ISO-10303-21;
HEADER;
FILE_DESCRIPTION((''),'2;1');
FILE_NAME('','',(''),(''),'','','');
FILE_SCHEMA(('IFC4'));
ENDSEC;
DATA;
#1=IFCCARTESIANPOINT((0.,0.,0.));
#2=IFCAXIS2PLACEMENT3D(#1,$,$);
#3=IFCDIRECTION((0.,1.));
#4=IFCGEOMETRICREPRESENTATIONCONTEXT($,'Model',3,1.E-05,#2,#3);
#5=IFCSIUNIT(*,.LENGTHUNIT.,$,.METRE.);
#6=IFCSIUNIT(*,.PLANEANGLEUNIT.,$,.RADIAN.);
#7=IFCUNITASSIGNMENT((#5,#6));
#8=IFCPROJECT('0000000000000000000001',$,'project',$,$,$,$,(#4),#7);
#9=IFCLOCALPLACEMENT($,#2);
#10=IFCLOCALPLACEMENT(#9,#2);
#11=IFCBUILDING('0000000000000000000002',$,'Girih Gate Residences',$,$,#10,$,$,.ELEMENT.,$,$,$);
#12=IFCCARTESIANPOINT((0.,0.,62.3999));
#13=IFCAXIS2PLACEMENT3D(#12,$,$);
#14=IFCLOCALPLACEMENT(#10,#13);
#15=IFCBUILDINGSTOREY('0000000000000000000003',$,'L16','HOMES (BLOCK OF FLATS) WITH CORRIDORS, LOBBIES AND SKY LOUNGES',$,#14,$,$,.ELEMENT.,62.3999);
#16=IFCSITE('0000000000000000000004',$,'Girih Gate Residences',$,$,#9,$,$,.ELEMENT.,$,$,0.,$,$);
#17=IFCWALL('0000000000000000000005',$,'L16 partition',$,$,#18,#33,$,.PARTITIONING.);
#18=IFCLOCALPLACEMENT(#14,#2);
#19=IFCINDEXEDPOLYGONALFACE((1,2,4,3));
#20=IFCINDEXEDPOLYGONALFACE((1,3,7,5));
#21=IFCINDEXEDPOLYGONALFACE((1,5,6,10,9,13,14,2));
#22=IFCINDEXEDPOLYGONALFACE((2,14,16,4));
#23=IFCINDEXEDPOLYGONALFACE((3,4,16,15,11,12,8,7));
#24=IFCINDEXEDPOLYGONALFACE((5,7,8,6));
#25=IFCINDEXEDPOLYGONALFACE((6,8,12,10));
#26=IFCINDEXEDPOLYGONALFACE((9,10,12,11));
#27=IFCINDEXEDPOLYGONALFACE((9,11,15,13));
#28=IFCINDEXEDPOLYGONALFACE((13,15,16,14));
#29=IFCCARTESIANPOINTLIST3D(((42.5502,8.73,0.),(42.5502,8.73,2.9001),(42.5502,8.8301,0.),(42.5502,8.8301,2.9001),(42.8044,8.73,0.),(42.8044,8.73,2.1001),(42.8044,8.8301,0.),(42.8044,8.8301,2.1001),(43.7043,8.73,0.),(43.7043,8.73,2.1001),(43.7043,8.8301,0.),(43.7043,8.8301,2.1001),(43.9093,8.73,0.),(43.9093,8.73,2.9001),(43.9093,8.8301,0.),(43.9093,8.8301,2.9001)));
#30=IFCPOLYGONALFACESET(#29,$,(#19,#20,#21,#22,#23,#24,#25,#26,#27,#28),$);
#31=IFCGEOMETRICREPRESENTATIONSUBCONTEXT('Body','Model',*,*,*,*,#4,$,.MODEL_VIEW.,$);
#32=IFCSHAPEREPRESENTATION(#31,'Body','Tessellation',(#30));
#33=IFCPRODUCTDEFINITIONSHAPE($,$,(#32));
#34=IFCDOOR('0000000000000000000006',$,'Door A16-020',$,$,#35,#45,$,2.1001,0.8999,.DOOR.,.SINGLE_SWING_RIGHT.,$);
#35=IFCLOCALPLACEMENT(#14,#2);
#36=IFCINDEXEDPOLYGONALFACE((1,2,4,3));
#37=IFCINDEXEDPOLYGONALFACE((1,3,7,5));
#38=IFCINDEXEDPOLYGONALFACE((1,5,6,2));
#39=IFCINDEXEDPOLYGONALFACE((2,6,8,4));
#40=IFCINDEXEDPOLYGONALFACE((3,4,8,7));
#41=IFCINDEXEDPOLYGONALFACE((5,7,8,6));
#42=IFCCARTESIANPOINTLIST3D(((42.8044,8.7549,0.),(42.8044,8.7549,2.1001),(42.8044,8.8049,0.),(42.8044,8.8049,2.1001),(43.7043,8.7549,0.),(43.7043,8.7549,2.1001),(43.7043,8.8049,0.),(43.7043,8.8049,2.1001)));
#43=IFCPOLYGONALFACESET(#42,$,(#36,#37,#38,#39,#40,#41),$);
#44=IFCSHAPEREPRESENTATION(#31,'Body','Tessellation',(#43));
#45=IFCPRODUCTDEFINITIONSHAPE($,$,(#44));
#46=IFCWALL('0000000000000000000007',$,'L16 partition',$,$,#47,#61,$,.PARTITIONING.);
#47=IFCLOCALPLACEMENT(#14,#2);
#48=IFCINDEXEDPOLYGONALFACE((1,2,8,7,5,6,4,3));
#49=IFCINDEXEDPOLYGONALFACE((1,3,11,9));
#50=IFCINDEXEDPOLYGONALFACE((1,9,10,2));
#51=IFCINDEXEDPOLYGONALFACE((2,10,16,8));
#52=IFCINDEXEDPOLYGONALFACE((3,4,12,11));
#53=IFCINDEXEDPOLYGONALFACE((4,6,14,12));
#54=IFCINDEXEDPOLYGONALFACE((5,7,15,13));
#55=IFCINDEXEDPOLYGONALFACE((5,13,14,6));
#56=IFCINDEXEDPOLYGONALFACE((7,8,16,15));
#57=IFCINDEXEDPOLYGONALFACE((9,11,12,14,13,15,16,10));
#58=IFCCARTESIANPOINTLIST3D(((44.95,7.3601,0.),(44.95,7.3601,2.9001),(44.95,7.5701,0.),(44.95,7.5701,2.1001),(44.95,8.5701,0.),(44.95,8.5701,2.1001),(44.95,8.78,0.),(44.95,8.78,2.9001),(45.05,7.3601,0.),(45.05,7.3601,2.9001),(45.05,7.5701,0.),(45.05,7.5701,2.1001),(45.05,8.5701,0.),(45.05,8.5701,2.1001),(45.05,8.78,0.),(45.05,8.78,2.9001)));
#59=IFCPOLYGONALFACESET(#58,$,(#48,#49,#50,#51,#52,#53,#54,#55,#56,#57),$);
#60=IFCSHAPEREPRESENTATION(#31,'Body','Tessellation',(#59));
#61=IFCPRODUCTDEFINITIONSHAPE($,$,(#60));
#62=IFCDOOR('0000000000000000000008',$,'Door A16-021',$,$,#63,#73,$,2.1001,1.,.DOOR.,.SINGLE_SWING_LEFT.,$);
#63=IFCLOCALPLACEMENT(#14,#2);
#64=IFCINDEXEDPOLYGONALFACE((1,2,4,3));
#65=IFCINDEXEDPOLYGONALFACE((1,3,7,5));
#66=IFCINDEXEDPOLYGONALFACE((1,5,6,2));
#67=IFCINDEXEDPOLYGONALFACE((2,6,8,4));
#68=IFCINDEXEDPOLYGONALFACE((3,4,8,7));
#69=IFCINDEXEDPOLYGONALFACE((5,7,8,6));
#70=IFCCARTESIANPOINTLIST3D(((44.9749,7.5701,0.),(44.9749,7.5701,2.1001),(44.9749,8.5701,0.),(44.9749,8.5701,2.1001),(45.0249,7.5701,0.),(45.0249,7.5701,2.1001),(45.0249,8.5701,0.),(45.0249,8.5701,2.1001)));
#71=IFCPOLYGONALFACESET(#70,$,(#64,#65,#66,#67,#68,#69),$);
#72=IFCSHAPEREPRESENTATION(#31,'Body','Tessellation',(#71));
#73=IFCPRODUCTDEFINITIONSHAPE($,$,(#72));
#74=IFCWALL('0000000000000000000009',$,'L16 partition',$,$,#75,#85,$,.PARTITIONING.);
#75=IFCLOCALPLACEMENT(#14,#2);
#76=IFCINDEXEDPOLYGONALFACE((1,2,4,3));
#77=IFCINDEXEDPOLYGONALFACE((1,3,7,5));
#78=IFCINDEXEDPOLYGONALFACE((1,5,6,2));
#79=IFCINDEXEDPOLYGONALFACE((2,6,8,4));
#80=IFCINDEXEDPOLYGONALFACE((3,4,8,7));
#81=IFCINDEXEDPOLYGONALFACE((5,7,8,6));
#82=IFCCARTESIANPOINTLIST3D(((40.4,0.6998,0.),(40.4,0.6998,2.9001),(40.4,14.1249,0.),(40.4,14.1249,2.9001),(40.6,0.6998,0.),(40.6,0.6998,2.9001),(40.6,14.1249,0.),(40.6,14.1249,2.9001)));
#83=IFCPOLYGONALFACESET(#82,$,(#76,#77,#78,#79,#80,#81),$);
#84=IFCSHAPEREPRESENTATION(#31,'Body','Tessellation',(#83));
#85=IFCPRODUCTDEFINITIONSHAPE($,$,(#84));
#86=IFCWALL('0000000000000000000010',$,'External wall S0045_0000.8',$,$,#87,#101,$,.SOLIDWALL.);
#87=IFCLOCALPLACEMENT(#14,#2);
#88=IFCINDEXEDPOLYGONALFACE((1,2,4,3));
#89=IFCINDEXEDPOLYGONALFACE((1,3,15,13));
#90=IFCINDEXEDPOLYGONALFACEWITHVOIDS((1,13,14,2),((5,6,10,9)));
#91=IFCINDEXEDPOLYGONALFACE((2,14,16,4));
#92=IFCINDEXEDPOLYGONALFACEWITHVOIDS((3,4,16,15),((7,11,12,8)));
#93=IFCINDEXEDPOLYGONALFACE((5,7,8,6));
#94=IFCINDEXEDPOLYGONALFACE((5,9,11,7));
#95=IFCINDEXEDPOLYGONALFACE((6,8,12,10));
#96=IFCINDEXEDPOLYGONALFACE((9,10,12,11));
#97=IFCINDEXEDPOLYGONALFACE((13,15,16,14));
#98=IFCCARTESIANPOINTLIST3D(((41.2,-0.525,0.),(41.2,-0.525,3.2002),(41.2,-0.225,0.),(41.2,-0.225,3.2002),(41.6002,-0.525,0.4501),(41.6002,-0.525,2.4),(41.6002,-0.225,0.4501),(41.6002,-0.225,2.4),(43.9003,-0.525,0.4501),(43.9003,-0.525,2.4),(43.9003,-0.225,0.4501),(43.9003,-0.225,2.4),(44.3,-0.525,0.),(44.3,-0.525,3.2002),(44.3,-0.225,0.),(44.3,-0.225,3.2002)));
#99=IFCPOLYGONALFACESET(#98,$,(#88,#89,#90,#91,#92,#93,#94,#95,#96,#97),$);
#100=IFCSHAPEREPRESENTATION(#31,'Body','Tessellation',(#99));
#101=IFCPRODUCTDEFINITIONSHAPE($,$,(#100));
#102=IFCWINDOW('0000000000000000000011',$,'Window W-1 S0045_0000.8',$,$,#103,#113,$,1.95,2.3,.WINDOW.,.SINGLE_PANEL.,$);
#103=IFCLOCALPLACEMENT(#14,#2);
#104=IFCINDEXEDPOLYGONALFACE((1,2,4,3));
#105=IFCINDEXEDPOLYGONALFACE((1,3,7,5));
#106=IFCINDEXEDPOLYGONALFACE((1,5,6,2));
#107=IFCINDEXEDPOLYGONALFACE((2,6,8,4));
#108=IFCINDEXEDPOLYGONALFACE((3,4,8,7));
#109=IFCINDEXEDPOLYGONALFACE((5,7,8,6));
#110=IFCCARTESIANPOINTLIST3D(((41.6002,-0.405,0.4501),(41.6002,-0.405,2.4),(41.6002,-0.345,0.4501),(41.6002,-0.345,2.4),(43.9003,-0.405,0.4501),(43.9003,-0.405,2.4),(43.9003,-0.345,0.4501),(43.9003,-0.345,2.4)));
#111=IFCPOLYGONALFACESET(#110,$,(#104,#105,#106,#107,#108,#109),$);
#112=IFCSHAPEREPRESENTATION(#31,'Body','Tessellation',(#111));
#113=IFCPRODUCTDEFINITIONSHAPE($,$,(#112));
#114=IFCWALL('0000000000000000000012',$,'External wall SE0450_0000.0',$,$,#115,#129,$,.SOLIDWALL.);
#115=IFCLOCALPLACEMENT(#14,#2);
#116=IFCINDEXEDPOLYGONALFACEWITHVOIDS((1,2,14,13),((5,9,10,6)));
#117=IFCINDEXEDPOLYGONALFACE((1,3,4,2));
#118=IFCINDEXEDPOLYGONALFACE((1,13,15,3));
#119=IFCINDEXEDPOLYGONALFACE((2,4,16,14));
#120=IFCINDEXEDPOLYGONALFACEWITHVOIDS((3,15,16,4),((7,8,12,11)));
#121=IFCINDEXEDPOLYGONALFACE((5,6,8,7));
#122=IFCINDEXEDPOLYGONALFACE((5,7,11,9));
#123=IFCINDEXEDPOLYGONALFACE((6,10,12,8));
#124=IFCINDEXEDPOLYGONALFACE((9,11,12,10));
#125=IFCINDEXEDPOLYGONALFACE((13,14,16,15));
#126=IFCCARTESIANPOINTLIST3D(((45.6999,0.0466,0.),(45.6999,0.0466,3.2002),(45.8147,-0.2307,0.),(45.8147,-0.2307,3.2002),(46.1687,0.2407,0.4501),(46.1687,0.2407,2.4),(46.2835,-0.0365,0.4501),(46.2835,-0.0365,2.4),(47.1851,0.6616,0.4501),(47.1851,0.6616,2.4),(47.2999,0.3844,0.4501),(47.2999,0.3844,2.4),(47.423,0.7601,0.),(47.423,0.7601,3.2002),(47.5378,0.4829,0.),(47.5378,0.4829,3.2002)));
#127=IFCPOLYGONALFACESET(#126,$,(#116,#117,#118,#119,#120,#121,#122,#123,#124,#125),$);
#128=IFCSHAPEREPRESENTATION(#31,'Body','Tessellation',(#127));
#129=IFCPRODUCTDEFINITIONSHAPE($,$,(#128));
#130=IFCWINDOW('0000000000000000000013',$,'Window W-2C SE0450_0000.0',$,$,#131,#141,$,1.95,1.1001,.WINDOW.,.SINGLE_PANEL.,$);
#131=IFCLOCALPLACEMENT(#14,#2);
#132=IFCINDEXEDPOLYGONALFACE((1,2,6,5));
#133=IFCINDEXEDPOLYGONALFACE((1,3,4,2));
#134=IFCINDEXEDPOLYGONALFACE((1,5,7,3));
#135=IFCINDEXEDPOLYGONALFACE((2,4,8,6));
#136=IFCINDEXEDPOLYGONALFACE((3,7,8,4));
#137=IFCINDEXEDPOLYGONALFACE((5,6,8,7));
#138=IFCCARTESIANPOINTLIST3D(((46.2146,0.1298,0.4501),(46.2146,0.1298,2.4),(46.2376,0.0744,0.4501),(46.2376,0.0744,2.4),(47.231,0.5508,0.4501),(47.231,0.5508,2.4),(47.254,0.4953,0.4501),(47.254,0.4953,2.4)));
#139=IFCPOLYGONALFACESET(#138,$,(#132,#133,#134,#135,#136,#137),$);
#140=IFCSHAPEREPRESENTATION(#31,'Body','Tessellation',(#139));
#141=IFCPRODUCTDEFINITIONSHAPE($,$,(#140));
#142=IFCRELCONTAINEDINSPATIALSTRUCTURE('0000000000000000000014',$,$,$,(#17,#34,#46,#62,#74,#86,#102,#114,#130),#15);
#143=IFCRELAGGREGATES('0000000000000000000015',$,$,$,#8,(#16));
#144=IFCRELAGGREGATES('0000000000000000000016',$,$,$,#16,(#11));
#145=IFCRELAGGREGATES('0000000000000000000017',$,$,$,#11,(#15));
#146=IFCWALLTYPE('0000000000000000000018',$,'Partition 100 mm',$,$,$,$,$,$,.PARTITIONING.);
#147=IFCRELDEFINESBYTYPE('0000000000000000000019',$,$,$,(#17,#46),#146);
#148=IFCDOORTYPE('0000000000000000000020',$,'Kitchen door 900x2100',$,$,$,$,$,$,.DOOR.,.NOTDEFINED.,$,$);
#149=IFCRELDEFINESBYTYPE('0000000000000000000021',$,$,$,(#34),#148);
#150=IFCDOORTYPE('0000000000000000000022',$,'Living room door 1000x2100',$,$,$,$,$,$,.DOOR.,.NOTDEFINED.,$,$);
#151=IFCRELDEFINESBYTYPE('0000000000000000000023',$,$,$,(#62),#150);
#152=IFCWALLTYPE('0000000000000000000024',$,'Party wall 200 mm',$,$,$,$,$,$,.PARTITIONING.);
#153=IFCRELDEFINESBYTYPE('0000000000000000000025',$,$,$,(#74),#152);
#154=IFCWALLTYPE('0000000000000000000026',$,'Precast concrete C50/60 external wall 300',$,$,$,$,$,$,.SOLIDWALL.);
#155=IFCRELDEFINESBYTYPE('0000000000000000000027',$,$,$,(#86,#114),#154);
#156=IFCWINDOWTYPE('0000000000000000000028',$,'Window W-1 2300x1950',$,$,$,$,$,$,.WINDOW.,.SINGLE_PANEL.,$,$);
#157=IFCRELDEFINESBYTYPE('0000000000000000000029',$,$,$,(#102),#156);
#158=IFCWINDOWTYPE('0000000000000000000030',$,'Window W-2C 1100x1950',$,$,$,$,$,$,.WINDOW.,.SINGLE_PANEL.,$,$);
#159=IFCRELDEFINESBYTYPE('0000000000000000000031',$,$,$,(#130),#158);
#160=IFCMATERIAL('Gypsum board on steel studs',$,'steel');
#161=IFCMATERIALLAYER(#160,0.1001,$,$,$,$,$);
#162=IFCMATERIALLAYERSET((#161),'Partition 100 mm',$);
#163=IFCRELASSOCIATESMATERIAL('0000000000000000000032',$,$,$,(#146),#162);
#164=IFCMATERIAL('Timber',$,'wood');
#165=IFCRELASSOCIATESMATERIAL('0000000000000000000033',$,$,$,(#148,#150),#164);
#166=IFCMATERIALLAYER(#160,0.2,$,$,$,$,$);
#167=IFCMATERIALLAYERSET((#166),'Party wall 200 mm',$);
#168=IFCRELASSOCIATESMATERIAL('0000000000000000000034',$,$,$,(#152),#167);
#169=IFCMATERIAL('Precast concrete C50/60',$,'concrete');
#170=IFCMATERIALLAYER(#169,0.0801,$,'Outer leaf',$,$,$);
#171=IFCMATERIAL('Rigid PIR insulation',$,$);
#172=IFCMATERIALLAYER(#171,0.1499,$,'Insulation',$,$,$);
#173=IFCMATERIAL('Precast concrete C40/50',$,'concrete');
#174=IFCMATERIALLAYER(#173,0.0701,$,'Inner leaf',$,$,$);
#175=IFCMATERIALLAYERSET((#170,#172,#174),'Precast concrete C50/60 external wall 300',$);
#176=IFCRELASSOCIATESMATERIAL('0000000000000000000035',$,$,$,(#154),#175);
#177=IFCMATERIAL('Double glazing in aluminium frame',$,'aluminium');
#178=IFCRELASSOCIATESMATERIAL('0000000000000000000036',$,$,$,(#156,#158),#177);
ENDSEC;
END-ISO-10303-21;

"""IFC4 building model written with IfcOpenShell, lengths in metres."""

from ifc_helpers import new_model, si_unit, direction, frame, frame_2d, origin, place, context, subcontext, project, spatial, rectangle, extrude, material, layer, layer_set, type_object, element, fill, save


model = new_model("IFC4")

# Units and contexts
model_context = context("Model", 3, precision=1e-05, world=origin(), true_north=direction((0.0, 1.0)))
body_context = subcontext(model_context, "Body", "Model", "MODEL_VIEW")
ifc_project = project(units=[si_unit("LENGTHUNIT", "METRE"), si_unit("PLANEANGLEUNIT", "RADIAN")], contexts=[model_context])

# Site, building, storey
site_placement = place(None, origin())
site = spatial("IfcSite", under=ifc_project, at=site_placement, Name="Girih Gate Residences", CompositionType="ELEMENT", RefElevation=0.0)
building_placement = place(site_placement, origin())
building = spatial("IfcBuilding", under=site, at=building_placement, Name="Girih Gate Residences", CompositionType="ELEMENT")
storey_placement = place(building_placement, frame((0.0, 0.0, 62.3999)))
storey = spatial("IfcBuildingStorey", under=building, at=storey_placement, Name="L16", Description="HOMES (BLOCK OF FLATS) WITH CORRIDORS, LOBBIES AND SKY LOUNGES", CompositionType="ELEMENT", Elevation=62.3999)

# Shared definitions
ifc_material_1 = material(Name="Gypsum board on steel studs", Category="steel")
ifc_layer_1 = layer(ifc_material_1, 0.1001)
ifc_layer_set_1 = layer_set([ifc_layer_1], Name="Partition 100 mm")
wall_type_1 = type_object("IfcWallType", Name="Partition 100 mm", PredefinedType="PARTITIONING", material=ifc_layer_set_1)
ifc_material_2 = material(Name="Timber", Category="wood")

# Walls, openings, doors
wall_1_placement = place(storey_placement, frame((42.55, 8.78, 0.0), z_axis=(0.0, 0.0, 1.0), x_axis=(1.0, 0.0, 0.0)))
wall_1 = element("IfcWall", 1, at=wall_1_placement, inside=storey, type_object=wall_type_1, Name="L16 partition", PredefinedType="PARTITIONING", context=body_context, shape_type="SweptSolid", body=[
    extrude(rectangle(XDim=1.3591, YDim=0.1001, at=frame_2d((0.6797, 0.0))), origin(), (0.0, 0.0, 1.0), 2.9001),
])
opening_1_placement = place(wall_1_placement, frame((0.2544, 0.0, 0.0)))
opening_1 = element("IfcOpeningElement", 2, at=opening_1_placement, cuts=wall_1, PredefinedType="OPENING", context=body_context, shape_type="SweptSolid", body=[
    extrude(rectangle(XDim=0.8999, YDim=2.1001, at=frame_2d((0.45, 1.05))), frame((0.0, 0.0601, 0.0), z_axis=(0.0, -1.0, 0.0), x_axis=(1.0, 0.0, 0.0)), (0.0, 0.0, 1.0), 0.1201),
])
door_type_1 = type_object("IfcDoorType", Name="Kitchen door 900x2100", OperationType="NOTDEFINED", PredefinedType="DOOR", material=ifc_material_2)
door_1_placement = place(opening_1_placement, origin())
door_1 = element("IfcDoor", 3, at=door_1_placement, inside=storey, type_object=door_type_1, Name="Door A16-020", OperationType="SINGLE_SWING_RIGHT", OverallHeight=2.1001, OverallWidth=0.8999, PredefinedType="DOOR", context=body_context, shape_type="SweptSolid", body=[
    extrude(rectangle(XDim=0.8999, YDim=2.1001, at=frame_2d((0.45, 1.05))), frame((0.0, 0.0249, 0.0), z_axis=(0.0, -1.0, 0.0), x_axis=(1.0, 0.0, 0.0)), (0.0, 0.0, 1.0), 0.05),
])
fill(opening_1, door_1)
wall_2_placement = place(storey_placement, frame((45.0, 8.78, 0.0), z_axis=(0.0, 0.0, 1.0), x_axis=(0.0, -1.0, 0.0)))
wall_2 = element("IfcWall", 4, at=wall_2_placement, inside=storey, type_object=wall_type_1, Name="L16 partition", PredefinedType="PARTITIONING", context=body_context, shape_type="SweptSolid", body=[
    extrude(rectangle(XDim=1.4199, YDim=0.1001, at=frame_2d((0.71, 0.0))), origin(), (0.0, 0.0, 1.0), 2.9001),
])
opening_2_placement = place(wall_2_placement, frame((0.21, 0.0, 0.0)))
opening_2 = element("IfcOpeningElement", 5, at=opening_2_placement, cuts=wall_2, PredefinedType="OPENING", context=body_context, shape_type="SweptSolid", body=[
    extrude(rectangle(XDim=1.0, YDim=2.1001, at=frame_2d((0.5, 1.05))), frame((0.0, 0.0601, 0.0), z_axis=(0.0, -1.0, 0.0), x_axis=(1.0, 0.0, 0.0)), (0.0, 0.0, 1.0), 0.1201),
])
door_type_2 = type_object("IfcDoorType", Name="Living room door 1000x2100", OperationType="NOTDEFINED", PredefinedType="DOOR", material=ifc_material_2)
door_2_placement = place(opening_2_placement, origin())
door_2 = element("IfcDoor", 6, at=door_2_placement, inside=storey, type_object=door_type_2, Name="Door A16-021", OperationType="SINGLE_SWING_LEFT", OverallHeight=2.1001, OverallWidth=1.0, PredefinedType="DOOR", context=body_context, shape_type="SweptSolid", body=[
    extrude(rectangle(XDim=1.0, YDim=2.1001, at=frame_2d((0.5, 1.05))), frame((0.0, 0.0249, 0.0), z_axis=(0.0, -1.0, 0.0), x_axis=(1.0, 0.0, 0.0)), (0.0, 0.0, 1.0), 0.05),
])
fill(opening_2, door_2)

# Wall
ifc_layer_2 = layer(ifc_material_1, 0.2)
ifc_layer_set_2 = layer_set([ifc_layer_2], Name="Party wall 200 mm")
wall_type_2 = type_object("IfcWallType", Name="Party wall 200 mm", PredefinedType="PARTITIONING", material=ifc_layer_set_2)
wall_3_placement = place(storey_placement, frame((40.5, 0.7, 0.0), z_axis=(0.0, 0.0, 1.0), x_axis=(0.0, 1.0, 0.0)))
element("IfcWall", 7, at=wall_3_placement, inside=storey, type_object=wall_type_2, Name="L16 partition", PredefinedType="PARTITIONING", context=body_context, shape_type="SweptSolid", body=[
    extrude(rectangle(XDim=13.425, YDim=0.2, at=frame_2d((6.7124, 0.0))), origin(), (0.0, 0.0, 1.0), 2.9001),
])

# Walls, openings, windows
ifc_material_3 = material(Name="Precast concrete C50/60", Category="concrete")
ifc_layer_3 = layer(ifc_material_3, 0.0801, Name="Outer leaf")
ifc_material_4 = material(Name="Rigid PIR insulation")
ifc_layer_4 = layer(ifc_material_4, 0.1499, Name="Insulation")
ifc_material_5 = material(Name="Precast concrete C40/50", Category="concrete")
ifc_layer_5 = layer(ifc_material_5, 0.0701, Name="Inner leaf")
ifc_layer_set_3 = layer_set([ifc_layer_3, ifc_layer_4, ifc_layer_5], Name="Precast concrete C50/60 external wall 300")
wall_type_3 = type_object("IfcWallType", Name="Precast concrete C50/60 external wall 300", PredefinedType="SOLIDWALL", material=ifc_layer_set_3)
wall_4_placement = place(storey_placement, frame((44.3, -0.375, 0.0), z_axis=(0.0, 0.0, 1.0), x_axis=(-1.0, 0.0, 0.0)))
wall_4 = element("IfcWall", 8, at=wall_4_placement, inside=storey, type_object=wall_type_3, Name="External wall S0045_0000.8", PredefinedType="SOLIDWALL", context=body_context, shape_type="SweptSolid", body=[
    extrude(rectangle(XDim=3.1001, YDim=0.3, at=frame_2d((1.55, 0.0))), origin(), (0.0, 0.0, 1.0), 3.2002),
])
opening_3_placement = place(wall_4_placement, frame((0.3999, 0.0, 0.45)))
opening_3 = element("IfcOpeningElement", 9, at=opening_3_placement, cuts=wall_4, PredefinedType="OPENING", context=body_context, shape_type="SweptSolid", body=[
    extrude(rectangle(XDim=2.3, YDim=1.95, at=frame_2d((1.1499, 0.9751))), frame((0.0, 0.1599, 0.0), z_axis=(0.0, -1.0, 0.0), x_axis=(1.0, 0.0, 0.0)), (0.0, 0.0, 1.0), 0.3201),
])
ifc_material_6 = material(Name="Double glazing in aluminium frame", Category="aluminium")
window_type_1 = type_object("IfcWindowType", Name="Window W-1 2300x1950", PartitioningType="SINGLE_PANEL", PredefinedType="WINDOW", material=ifc_material_6)
window_1_placement = place(opening_3_placement, origin())
window_1 = element("IfcWindow", 10, at=window_1_placement, inside=storey, type_object=window_type_1, Name="Window W-1 S0045_0000.8", OverallHeight=1.95, OverallWidth=2.3, PartitioningType="SINGLE_PANEL", PredefinedType="WINDOW", context=body_context, shape_type="SweptSolid", body=[
    extrude(rectangle(XDim=2.3, YDim=1.95, at=frame_2d((1.1499, 0.9751))), frame((0.0, 0.03, 0.0), z_axis=(0.0, -1.0, 0.0), x_axis=(1.0, 0.0, 0.0)), (0.0, 0.0, 1.0), 0.0601),
])
fill(opening_3, window_1)
wall_5_placement = place(storey_placement, frame((47.4805, 0.6216, 0.0), z_axis=(0.0, 0.0, 1.0), x_axis=(-0.923904, -0.382625, 0.0)))
wall_5 = element("IfcWall", 11, at=wall_5_placement, inside=storey, type_object=wall_type_3, Name="External wall SE0450_0000.0", PredefinedType="SOLIDWALL", context=body_context, shape_type="SweptSolid", body=[
    extrude(rectangle(XDim=1.865, YDim=0.3, at=frame_2d((0.9326, 0.0))), origin(), (0.0, 0.0, 1.0), 3.2002),
])
opening_4_placement = place(wall_5_placement, frame((0.2576, 0.0, 0.45)))
opening_4 = element("IfcOpeningElement", 12, at=opening_4_placement, cuts=wall_5, PredefinedType="OPENING", context=body_context, shape_type="SweptSolid", body=[
    extrude(rectangle(XDim=1.1001, YDim=1.95, at=frame_2d((0.55, 0.9751))), frame((0.0, 0.1599, 0.0), z_axis=(0.0, -1.0, 0.0), x_axis=(1.0, 0.0, 0.0)), (0.0, 0.0, 1.0), 0.3201),
])
window_type_2 = type_object("IfcWindowType", Name="Window W-2C 1100x1950", PartitioningType="SINGLE_PANEL", PredefinedType="WINDOW", material=ifc_material_6)
window_2_placement = place(opening_4_placement, origin())
window_2 = element("IfcWindow", 13, at=window_2_placement, inside=storey, type_object=window_type_2, Name="Window W-2C SE0450_0000.0", OverallHeight=1.95, OverallWidth=1.1001, PartitioningType="SINGLE_PANEL", PredefinedType="WINDOW", context=body_context, shape_type="SweptSolid", body=[
    extrude(rectangle(XDim=1.1001, YDim=1.95, at=frame_2d((0.55, 0.9751))), frame((0.0, 0.03, 0.0), z_axis=(0.0, -1.0, 0.0), x_axis=(1.0, 0.0, 0.0)), (0.0, 0.0, 1.0), 0.0601),
])
fill(opening_4, window_2)

save(model, "model.ifc")
